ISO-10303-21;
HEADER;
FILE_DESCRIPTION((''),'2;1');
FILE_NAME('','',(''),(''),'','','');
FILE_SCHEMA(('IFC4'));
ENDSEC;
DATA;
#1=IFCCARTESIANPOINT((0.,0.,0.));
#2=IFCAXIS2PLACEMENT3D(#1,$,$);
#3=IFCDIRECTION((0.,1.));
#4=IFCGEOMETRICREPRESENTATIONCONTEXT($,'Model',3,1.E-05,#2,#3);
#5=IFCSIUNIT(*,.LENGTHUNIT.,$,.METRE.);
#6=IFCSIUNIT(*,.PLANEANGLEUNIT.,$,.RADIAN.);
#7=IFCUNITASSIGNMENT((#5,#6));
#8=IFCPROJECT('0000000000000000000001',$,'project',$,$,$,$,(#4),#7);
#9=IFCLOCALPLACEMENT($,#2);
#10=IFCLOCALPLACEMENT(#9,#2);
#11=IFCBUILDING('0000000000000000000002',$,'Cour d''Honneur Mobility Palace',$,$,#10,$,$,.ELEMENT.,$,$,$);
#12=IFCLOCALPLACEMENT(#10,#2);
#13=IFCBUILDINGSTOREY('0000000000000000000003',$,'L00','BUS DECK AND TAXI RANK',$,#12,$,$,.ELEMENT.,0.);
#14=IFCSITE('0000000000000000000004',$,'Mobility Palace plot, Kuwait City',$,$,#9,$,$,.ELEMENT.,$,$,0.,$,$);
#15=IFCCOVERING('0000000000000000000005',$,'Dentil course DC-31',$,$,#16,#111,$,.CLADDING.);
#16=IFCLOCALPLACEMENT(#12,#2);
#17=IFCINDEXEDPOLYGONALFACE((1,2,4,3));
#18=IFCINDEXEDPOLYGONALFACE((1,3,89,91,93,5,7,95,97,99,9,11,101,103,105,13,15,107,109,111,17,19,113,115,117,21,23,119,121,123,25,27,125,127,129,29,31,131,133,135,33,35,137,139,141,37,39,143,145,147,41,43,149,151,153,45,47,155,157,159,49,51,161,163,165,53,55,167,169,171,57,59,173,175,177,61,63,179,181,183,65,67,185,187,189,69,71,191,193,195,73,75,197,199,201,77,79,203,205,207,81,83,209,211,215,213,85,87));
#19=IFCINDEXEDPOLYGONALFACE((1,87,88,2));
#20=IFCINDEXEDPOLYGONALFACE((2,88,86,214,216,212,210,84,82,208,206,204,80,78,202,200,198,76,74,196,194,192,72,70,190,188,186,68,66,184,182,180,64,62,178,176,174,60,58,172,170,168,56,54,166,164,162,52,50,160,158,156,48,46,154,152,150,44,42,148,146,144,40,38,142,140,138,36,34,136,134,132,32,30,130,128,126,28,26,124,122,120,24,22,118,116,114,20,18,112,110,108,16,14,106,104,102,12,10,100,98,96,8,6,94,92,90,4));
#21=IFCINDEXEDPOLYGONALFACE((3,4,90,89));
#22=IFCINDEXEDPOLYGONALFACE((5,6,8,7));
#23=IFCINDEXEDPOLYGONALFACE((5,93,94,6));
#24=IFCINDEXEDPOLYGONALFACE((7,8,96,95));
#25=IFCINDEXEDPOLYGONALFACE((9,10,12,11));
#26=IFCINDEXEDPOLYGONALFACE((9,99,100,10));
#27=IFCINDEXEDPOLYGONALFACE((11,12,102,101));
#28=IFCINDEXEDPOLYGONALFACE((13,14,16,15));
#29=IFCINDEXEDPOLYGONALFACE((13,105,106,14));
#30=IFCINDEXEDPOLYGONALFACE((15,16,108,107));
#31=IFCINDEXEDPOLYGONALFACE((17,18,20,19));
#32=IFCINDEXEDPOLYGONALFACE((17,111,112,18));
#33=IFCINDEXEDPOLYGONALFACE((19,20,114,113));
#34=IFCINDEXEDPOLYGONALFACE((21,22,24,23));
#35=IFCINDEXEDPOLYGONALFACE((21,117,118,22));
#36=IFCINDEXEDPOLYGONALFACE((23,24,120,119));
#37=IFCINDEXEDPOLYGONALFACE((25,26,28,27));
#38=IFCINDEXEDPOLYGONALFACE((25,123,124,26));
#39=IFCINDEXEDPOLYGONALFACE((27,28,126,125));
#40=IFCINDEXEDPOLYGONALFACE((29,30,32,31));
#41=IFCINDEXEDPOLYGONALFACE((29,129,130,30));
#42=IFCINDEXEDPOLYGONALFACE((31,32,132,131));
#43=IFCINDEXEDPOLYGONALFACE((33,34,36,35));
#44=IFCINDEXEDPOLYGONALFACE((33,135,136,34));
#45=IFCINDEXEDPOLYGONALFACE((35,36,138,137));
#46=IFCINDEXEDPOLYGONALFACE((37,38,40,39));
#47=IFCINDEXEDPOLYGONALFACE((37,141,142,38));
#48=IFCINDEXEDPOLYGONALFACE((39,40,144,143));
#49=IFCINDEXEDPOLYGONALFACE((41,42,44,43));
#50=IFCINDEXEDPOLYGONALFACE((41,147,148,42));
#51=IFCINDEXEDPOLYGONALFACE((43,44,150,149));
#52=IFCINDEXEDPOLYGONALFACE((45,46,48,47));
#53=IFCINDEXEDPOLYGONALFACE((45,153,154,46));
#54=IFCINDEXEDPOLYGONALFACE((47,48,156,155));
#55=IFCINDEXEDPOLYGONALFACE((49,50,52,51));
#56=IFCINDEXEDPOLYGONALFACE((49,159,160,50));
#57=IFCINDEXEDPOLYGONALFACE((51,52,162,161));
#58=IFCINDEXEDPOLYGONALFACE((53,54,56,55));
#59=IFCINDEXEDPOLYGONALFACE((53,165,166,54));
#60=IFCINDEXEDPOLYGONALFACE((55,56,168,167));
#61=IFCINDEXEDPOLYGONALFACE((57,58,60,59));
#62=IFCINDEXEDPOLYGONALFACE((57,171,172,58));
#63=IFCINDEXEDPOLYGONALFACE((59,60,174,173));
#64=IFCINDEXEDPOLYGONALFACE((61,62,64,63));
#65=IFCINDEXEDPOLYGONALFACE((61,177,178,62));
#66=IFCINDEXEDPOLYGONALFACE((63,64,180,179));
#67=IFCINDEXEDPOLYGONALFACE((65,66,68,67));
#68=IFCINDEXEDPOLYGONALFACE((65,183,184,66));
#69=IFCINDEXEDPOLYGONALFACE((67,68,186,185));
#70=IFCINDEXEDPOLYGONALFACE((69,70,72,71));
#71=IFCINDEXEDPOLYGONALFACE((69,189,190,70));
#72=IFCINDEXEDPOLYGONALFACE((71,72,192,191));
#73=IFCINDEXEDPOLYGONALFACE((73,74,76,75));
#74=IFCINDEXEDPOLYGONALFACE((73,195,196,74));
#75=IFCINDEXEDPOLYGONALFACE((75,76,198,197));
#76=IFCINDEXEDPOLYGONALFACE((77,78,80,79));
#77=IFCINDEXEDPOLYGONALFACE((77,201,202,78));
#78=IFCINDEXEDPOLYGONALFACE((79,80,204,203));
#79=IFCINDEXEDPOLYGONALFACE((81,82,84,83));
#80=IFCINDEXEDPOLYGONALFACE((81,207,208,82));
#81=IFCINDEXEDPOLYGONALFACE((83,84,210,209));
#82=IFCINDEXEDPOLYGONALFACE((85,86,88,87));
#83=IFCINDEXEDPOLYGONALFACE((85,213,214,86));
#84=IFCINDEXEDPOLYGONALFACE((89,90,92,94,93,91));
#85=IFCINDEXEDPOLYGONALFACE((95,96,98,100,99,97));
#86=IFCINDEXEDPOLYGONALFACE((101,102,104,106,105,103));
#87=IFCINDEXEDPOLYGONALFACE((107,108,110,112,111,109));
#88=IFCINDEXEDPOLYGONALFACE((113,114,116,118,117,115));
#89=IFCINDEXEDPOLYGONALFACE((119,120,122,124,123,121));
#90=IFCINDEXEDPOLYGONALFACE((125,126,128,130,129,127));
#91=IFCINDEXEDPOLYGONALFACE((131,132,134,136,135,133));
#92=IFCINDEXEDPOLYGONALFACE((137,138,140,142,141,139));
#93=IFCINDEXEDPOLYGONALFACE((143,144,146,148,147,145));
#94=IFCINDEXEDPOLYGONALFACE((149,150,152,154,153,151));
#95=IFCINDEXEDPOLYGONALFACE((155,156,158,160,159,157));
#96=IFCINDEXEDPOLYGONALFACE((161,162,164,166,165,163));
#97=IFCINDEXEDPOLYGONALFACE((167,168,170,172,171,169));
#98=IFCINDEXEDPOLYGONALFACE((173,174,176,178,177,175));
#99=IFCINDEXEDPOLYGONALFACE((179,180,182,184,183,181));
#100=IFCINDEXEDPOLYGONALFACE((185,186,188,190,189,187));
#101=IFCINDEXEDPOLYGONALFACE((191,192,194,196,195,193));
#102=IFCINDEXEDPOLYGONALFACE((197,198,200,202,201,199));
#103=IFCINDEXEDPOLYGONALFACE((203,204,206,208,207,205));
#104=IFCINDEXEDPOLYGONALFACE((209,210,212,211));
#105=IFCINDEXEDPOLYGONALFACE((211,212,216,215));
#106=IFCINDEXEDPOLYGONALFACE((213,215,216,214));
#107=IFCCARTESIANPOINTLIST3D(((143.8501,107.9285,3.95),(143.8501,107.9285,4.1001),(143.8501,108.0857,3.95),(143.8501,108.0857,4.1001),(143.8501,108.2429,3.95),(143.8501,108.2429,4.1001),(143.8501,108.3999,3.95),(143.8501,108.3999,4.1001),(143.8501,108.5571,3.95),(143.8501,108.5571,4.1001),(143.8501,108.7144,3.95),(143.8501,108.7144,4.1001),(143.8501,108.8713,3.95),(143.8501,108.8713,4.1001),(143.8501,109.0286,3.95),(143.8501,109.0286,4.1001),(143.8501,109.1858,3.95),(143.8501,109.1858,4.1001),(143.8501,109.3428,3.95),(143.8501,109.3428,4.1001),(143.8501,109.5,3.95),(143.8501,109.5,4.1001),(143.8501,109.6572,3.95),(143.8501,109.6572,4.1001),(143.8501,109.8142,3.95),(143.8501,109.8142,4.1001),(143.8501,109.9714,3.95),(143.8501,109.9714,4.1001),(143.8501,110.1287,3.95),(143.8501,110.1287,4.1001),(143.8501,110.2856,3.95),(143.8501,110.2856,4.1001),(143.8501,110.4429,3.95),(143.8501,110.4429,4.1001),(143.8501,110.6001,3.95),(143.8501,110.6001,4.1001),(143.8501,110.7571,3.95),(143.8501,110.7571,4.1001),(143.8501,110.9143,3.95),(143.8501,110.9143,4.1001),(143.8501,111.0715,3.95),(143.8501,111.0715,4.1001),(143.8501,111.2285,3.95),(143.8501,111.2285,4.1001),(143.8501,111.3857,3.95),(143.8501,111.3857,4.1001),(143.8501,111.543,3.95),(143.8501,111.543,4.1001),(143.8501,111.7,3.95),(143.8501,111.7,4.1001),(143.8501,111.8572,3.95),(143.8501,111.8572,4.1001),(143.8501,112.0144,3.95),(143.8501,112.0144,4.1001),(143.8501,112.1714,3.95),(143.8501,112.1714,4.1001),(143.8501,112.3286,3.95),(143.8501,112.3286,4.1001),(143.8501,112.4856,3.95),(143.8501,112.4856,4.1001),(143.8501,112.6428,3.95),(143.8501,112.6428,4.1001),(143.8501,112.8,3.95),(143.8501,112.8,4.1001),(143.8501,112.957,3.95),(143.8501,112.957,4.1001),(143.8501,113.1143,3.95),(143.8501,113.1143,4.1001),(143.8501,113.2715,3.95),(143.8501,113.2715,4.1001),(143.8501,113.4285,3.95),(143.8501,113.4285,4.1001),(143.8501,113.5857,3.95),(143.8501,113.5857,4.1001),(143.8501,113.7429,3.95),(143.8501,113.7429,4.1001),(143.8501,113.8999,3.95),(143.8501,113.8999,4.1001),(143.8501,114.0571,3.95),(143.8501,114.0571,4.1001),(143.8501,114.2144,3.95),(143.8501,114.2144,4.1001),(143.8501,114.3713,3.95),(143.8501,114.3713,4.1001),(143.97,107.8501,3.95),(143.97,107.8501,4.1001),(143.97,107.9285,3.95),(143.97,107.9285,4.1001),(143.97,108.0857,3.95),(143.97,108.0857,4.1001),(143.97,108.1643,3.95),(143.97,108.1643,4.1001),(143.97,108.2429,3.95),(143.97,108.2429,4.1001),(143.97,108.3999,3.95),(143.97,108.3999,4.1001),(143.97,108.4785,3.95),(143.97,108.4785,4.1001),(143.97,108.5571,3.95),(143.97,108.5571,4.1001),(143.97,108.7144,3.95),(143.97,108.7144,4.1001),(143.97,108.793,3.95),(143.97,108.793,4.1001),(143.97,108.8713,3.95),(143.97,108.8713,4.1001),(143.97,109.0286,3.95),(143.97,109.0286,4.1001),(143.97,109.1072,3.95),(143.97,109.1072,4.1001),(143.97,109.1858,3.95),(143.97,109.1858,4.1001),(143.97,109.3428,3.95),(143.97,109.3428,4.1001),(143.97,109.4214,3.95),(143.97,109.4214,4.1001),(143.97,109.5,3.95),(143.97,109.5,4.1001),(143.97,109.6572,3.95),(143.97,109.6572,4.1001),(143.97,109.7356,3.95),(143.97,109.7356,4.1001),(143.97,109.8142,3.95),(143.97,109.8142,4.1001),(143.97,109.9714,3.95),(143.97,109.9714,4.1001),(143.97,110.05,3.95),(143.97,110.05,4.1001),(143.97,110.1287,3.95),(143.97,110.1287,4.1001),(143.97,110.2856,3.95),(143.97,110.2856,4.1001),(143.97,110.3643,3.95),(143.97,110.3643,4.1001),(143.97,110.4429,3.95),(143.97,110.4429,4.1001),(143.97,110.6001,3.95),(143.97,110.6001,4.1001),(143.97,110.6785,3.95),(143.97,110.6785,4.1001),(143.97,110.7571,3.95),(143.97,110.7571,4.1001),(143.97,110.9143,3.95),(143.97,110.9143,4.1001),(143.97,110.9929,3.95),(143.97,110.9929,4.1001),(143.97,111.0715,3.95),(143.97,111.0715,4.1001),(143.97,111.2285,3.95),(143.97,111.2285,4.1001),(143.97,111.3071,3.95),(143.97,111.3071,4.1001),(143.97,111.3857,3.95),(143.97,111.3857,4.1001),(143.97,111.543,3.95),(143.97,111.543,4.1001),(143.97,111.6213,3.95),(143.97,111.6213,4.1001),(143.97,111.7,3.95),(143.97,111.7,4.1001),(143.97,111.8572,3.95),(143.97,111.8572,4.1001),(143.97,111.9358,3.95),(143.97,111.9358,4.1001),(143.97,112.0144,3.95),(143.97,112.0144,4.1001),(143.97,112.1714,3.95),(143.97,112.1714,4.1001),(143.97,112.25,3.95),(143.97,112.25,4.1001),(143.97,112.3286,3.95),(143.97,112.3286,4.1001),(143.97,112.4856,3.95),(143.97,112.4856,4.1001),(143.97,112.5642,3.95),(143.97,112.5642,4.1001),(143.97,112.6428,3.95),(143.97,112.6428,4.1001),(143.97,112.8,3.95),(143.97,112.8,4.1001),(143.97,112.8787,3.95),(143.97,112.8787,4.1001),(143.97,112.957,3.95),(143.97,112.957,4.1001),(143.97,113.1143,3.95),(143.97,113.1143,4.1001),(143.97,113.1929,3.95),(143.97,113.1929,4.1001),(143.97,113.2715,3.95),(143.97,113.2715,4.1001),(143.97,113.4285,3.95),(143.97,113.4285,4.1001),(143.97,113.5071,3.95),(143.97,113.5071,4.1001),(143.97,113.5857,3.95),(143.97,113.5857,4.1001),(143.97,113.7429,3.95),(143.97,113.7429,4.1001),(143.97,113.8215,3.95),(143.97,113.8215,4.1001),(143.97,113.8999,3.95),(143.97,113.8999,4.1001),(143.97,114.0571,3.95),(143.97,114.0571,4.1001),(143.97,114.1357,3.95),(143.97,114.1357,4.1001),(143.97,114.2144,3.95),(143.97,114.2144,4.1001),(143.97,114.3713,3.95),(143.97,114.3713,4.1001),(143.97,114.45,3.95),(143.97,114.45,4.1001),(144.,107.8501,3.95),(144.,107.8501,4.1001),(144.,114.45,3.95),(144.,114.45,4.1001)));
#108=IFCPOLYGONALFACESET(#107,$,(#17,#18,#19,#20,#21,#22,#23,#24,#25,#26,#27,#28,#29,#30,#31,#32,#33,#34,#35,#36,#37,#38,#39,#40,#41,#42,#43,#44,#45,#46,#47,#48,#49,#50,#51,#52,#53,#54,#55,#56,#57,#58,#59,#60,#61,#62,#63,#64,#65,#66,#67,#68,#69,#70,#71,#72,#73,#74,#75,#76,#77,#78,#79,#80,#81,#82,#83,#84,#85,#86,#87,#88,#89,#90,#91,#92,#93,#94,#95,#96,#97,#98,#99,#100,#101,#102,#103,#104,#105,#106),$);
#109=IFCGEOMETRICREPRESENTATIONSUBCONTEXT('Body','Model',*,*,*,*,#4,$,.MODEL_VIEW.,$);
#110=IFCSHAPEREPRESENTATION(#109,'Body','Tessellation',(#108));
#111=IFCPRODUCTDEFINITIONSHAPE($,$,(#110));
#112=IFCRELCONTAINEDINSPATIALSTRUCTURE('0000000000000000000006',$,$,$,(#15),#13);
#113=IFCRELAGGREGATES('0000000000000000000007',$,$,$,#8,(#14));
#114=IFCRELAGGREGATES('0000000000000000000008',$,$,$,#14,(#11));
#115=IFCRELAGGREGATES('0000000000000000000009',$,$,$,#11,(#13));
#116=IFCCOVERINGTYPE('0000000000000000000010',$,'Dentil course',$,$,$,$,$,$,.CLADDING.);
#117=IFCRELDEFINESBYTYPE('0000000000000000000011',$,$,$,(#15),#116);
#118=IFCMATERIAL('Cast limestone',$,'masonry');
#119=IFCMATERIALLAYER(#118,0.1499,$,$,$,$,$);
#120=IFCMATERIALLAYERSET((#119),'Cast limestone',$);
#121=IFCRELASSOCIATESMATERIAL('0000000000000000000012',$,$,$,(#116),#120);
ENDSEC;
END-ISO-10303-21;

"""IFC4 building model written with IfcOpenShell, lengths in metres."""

from ifc_helpers import new_model, si_unit, direction, frame, origin, place, context, subcontext, project, spatial, polyline, outline, extrude, material, layer, layer_set, type_object, element, save


model = new_model("IFC4")

# Units and contexts
model_context = context("Model", 3, precision=1e-05, world=origin(), true_north=direction((0.0, 1.0)))
body_context = subcontext(model_context, "Body", "Model", "MODEL_VIEW")
ifc_project = project(units=[si_unit("LENGTHUNIT", "METRE"), si_unit("PLANEANGLEUNIT", "RADIAN")], contexts=[model_context])

# Site, building, storey
site_placement = place(None, origin())
site = spatial("IfcSite", under=ifc_project, at=site_placement, Name="Mobility Palace plot, Kuwait City", CompositionType="ELEMENT", RefElevation=0.0)
building_placement = place(site_placement, origin())
building = spatial("IfcBuilding", under=site, at=building_placement, Name="Cour d'Honneur Mobility Palace", CompositionType="ELEMENT")
storey_placement = place(building_placement, origin())
storey = spatial("IfcBuildingStorey", under=building, at=storey_placement, Name="L00", Description="BUS DECK AND TAXI RANK", CompositionType="ELEMENT", Elevation=0.0)

# Covering
ifc_material = material(Name="Cast limestone", Category="masonry")
ifc_layer = layer(ifc_material, 0.1499)
ifc_layer_set = layer_set([ifc_layer], Name="Cast limestone")
covering_type = type_object("IfcCoveringType", Name="Dentil course", PredefinedType="CLADDING", material=ifc_layer_set)
covering_1_placement = place(storey_placement, frame((0.0, 0.0, 3.95)))
element("IfcCovering", 1, at=covering_1_placement, inside=storey, type_object=covering_type, Name="Dentil course DC-31", PredefinedType="CLADDING", context=body_context, shape_type="SweptSolid", body=[
    extrude(outline(polyline([(144.0, 114.45), (144.0, 107.8501), (143.97, 107.8501), (143.97, 107.8501), (143.97, 107.9285), (143.8501, 107.9285), (143.8501, 108.0857), (143.97, 108.0857), (143.97, 108.1643), (143.97, 108.1643), (143.97, 108.2429), (143.8501, 108.2429), (143.8501, 108.3999), (143.97, 108.3999), (143.97, 108.4785), (143.97, 108.4785), (143.97, 108.5571), (143.8501, 108.5571), (143.8501, 108.7144), (143.97, 108.7144), (143.97, 108.793), (143.97, 108.793), (143.97, 108.8713), (143.8501, 108.8713), (143.8501, 109.0286), (143.97, 109.0286), (143.97, 109.1072), (143.97, 109.1072), (143.97, 109.1858), (143.8501, 109.1858), (143.8501, 109.3428), (143.97, 109.3428), (143.97, 109.4214), (143.97, 109.4214), (143.97, 109.5), (143.8501, 109.5), (143.8501, 109.6572), (143.97, 109.6572), (143.97, 109.7356), (143.97, 109.7356), (143.97, 109.8142), (143.8501, 109.8142), (143.8501, 109.9714), (143.97, 109.9714), (143.97, 110.05), (143.97, 110.05), (143.97, 110.1287), (143.8501, 110.1287), (143.8501, 110.2856), (143.97, 110.2856), (143.97, 110.3643), (143.97, 110.3643), (143.97, 110.4429), (143.8501, 110.4429), (143.8501, 110.6001), (143.97, 110.6001), (143.97, 110.6785), (143.97, 110.6785), (143.97, 110.7571), (143.8501, 110.7571), (143.8501, 110.9143), (143.97, 110.9143), (143.97, 110.9929), (143.97, 110.9929), (143.97, 111.0715), (143.8501, 111.0715), (143.8501, 111.2285), (143.97, 111.2285), (143.97, 111.3071), (143.97, 111.3071), (143.97, 111.3857), (143.8501, 111.3857), (143.8501, 111.543), (143.97, 111.543), (143.97, 111.6213), (143.97, 111.6213), (143.97, 111.7), (143.8501, 111.7), (143.8501, 111.8572), (143.97, 111.8572), (143.97, 111.9358), (143.97, 111.9358), (143.97, 112.0144), (143.8501, 112.0144), (143.8501, 112.1714), (143.97, 112.1714), (143.97, 112.25), (143.97, 112.25), (143.97, 112.3286), (143.8501, 112.3286), (143.8501, 112.4856), (143.97, 112.4856), (143.97, 112.5642), (143.97, 112.5642), (143.97, 112.6428), (143.8501, 112.6428), (143.8501, 112.8), (143.97, 112.8), (143.97, 112.8787), (143.97, 112.8787), (143.97, 112.957), (143.8501, 112.957), (143.8501, 113.1143), (143.97, 113.1143), (143.97, 113.1929), (143.97, 113.1929), (143.97, 113.2715), (143.8501, 113.2715), (143.8501, 113.4285), (143.97, 113.4285), (143.97, 113.5071), (143.97, 113.5071), (143.97, 113.5857), (143.8501, 113.5857), (143.8501, 113.7429), (143.97, 113.7429), (143.97, 113.8215), (143.97, 113.8215), (143.97, 113.8999), (143.8501, 113.8999), (143.8501, 114.0571), (143.97, 114.0571), (143.97, 114.1357), (143.97, 114.1357), (143.97, 114.2144), (143.8501, 114.2144), (143.8501, 114.3713), (143.97, 114.3713), (143.97, 114.45), (144.0, 114.45)])), origin(), (0.0, 0.0, 1.0), 0.1501),
])

save(model, "model.ifc")
